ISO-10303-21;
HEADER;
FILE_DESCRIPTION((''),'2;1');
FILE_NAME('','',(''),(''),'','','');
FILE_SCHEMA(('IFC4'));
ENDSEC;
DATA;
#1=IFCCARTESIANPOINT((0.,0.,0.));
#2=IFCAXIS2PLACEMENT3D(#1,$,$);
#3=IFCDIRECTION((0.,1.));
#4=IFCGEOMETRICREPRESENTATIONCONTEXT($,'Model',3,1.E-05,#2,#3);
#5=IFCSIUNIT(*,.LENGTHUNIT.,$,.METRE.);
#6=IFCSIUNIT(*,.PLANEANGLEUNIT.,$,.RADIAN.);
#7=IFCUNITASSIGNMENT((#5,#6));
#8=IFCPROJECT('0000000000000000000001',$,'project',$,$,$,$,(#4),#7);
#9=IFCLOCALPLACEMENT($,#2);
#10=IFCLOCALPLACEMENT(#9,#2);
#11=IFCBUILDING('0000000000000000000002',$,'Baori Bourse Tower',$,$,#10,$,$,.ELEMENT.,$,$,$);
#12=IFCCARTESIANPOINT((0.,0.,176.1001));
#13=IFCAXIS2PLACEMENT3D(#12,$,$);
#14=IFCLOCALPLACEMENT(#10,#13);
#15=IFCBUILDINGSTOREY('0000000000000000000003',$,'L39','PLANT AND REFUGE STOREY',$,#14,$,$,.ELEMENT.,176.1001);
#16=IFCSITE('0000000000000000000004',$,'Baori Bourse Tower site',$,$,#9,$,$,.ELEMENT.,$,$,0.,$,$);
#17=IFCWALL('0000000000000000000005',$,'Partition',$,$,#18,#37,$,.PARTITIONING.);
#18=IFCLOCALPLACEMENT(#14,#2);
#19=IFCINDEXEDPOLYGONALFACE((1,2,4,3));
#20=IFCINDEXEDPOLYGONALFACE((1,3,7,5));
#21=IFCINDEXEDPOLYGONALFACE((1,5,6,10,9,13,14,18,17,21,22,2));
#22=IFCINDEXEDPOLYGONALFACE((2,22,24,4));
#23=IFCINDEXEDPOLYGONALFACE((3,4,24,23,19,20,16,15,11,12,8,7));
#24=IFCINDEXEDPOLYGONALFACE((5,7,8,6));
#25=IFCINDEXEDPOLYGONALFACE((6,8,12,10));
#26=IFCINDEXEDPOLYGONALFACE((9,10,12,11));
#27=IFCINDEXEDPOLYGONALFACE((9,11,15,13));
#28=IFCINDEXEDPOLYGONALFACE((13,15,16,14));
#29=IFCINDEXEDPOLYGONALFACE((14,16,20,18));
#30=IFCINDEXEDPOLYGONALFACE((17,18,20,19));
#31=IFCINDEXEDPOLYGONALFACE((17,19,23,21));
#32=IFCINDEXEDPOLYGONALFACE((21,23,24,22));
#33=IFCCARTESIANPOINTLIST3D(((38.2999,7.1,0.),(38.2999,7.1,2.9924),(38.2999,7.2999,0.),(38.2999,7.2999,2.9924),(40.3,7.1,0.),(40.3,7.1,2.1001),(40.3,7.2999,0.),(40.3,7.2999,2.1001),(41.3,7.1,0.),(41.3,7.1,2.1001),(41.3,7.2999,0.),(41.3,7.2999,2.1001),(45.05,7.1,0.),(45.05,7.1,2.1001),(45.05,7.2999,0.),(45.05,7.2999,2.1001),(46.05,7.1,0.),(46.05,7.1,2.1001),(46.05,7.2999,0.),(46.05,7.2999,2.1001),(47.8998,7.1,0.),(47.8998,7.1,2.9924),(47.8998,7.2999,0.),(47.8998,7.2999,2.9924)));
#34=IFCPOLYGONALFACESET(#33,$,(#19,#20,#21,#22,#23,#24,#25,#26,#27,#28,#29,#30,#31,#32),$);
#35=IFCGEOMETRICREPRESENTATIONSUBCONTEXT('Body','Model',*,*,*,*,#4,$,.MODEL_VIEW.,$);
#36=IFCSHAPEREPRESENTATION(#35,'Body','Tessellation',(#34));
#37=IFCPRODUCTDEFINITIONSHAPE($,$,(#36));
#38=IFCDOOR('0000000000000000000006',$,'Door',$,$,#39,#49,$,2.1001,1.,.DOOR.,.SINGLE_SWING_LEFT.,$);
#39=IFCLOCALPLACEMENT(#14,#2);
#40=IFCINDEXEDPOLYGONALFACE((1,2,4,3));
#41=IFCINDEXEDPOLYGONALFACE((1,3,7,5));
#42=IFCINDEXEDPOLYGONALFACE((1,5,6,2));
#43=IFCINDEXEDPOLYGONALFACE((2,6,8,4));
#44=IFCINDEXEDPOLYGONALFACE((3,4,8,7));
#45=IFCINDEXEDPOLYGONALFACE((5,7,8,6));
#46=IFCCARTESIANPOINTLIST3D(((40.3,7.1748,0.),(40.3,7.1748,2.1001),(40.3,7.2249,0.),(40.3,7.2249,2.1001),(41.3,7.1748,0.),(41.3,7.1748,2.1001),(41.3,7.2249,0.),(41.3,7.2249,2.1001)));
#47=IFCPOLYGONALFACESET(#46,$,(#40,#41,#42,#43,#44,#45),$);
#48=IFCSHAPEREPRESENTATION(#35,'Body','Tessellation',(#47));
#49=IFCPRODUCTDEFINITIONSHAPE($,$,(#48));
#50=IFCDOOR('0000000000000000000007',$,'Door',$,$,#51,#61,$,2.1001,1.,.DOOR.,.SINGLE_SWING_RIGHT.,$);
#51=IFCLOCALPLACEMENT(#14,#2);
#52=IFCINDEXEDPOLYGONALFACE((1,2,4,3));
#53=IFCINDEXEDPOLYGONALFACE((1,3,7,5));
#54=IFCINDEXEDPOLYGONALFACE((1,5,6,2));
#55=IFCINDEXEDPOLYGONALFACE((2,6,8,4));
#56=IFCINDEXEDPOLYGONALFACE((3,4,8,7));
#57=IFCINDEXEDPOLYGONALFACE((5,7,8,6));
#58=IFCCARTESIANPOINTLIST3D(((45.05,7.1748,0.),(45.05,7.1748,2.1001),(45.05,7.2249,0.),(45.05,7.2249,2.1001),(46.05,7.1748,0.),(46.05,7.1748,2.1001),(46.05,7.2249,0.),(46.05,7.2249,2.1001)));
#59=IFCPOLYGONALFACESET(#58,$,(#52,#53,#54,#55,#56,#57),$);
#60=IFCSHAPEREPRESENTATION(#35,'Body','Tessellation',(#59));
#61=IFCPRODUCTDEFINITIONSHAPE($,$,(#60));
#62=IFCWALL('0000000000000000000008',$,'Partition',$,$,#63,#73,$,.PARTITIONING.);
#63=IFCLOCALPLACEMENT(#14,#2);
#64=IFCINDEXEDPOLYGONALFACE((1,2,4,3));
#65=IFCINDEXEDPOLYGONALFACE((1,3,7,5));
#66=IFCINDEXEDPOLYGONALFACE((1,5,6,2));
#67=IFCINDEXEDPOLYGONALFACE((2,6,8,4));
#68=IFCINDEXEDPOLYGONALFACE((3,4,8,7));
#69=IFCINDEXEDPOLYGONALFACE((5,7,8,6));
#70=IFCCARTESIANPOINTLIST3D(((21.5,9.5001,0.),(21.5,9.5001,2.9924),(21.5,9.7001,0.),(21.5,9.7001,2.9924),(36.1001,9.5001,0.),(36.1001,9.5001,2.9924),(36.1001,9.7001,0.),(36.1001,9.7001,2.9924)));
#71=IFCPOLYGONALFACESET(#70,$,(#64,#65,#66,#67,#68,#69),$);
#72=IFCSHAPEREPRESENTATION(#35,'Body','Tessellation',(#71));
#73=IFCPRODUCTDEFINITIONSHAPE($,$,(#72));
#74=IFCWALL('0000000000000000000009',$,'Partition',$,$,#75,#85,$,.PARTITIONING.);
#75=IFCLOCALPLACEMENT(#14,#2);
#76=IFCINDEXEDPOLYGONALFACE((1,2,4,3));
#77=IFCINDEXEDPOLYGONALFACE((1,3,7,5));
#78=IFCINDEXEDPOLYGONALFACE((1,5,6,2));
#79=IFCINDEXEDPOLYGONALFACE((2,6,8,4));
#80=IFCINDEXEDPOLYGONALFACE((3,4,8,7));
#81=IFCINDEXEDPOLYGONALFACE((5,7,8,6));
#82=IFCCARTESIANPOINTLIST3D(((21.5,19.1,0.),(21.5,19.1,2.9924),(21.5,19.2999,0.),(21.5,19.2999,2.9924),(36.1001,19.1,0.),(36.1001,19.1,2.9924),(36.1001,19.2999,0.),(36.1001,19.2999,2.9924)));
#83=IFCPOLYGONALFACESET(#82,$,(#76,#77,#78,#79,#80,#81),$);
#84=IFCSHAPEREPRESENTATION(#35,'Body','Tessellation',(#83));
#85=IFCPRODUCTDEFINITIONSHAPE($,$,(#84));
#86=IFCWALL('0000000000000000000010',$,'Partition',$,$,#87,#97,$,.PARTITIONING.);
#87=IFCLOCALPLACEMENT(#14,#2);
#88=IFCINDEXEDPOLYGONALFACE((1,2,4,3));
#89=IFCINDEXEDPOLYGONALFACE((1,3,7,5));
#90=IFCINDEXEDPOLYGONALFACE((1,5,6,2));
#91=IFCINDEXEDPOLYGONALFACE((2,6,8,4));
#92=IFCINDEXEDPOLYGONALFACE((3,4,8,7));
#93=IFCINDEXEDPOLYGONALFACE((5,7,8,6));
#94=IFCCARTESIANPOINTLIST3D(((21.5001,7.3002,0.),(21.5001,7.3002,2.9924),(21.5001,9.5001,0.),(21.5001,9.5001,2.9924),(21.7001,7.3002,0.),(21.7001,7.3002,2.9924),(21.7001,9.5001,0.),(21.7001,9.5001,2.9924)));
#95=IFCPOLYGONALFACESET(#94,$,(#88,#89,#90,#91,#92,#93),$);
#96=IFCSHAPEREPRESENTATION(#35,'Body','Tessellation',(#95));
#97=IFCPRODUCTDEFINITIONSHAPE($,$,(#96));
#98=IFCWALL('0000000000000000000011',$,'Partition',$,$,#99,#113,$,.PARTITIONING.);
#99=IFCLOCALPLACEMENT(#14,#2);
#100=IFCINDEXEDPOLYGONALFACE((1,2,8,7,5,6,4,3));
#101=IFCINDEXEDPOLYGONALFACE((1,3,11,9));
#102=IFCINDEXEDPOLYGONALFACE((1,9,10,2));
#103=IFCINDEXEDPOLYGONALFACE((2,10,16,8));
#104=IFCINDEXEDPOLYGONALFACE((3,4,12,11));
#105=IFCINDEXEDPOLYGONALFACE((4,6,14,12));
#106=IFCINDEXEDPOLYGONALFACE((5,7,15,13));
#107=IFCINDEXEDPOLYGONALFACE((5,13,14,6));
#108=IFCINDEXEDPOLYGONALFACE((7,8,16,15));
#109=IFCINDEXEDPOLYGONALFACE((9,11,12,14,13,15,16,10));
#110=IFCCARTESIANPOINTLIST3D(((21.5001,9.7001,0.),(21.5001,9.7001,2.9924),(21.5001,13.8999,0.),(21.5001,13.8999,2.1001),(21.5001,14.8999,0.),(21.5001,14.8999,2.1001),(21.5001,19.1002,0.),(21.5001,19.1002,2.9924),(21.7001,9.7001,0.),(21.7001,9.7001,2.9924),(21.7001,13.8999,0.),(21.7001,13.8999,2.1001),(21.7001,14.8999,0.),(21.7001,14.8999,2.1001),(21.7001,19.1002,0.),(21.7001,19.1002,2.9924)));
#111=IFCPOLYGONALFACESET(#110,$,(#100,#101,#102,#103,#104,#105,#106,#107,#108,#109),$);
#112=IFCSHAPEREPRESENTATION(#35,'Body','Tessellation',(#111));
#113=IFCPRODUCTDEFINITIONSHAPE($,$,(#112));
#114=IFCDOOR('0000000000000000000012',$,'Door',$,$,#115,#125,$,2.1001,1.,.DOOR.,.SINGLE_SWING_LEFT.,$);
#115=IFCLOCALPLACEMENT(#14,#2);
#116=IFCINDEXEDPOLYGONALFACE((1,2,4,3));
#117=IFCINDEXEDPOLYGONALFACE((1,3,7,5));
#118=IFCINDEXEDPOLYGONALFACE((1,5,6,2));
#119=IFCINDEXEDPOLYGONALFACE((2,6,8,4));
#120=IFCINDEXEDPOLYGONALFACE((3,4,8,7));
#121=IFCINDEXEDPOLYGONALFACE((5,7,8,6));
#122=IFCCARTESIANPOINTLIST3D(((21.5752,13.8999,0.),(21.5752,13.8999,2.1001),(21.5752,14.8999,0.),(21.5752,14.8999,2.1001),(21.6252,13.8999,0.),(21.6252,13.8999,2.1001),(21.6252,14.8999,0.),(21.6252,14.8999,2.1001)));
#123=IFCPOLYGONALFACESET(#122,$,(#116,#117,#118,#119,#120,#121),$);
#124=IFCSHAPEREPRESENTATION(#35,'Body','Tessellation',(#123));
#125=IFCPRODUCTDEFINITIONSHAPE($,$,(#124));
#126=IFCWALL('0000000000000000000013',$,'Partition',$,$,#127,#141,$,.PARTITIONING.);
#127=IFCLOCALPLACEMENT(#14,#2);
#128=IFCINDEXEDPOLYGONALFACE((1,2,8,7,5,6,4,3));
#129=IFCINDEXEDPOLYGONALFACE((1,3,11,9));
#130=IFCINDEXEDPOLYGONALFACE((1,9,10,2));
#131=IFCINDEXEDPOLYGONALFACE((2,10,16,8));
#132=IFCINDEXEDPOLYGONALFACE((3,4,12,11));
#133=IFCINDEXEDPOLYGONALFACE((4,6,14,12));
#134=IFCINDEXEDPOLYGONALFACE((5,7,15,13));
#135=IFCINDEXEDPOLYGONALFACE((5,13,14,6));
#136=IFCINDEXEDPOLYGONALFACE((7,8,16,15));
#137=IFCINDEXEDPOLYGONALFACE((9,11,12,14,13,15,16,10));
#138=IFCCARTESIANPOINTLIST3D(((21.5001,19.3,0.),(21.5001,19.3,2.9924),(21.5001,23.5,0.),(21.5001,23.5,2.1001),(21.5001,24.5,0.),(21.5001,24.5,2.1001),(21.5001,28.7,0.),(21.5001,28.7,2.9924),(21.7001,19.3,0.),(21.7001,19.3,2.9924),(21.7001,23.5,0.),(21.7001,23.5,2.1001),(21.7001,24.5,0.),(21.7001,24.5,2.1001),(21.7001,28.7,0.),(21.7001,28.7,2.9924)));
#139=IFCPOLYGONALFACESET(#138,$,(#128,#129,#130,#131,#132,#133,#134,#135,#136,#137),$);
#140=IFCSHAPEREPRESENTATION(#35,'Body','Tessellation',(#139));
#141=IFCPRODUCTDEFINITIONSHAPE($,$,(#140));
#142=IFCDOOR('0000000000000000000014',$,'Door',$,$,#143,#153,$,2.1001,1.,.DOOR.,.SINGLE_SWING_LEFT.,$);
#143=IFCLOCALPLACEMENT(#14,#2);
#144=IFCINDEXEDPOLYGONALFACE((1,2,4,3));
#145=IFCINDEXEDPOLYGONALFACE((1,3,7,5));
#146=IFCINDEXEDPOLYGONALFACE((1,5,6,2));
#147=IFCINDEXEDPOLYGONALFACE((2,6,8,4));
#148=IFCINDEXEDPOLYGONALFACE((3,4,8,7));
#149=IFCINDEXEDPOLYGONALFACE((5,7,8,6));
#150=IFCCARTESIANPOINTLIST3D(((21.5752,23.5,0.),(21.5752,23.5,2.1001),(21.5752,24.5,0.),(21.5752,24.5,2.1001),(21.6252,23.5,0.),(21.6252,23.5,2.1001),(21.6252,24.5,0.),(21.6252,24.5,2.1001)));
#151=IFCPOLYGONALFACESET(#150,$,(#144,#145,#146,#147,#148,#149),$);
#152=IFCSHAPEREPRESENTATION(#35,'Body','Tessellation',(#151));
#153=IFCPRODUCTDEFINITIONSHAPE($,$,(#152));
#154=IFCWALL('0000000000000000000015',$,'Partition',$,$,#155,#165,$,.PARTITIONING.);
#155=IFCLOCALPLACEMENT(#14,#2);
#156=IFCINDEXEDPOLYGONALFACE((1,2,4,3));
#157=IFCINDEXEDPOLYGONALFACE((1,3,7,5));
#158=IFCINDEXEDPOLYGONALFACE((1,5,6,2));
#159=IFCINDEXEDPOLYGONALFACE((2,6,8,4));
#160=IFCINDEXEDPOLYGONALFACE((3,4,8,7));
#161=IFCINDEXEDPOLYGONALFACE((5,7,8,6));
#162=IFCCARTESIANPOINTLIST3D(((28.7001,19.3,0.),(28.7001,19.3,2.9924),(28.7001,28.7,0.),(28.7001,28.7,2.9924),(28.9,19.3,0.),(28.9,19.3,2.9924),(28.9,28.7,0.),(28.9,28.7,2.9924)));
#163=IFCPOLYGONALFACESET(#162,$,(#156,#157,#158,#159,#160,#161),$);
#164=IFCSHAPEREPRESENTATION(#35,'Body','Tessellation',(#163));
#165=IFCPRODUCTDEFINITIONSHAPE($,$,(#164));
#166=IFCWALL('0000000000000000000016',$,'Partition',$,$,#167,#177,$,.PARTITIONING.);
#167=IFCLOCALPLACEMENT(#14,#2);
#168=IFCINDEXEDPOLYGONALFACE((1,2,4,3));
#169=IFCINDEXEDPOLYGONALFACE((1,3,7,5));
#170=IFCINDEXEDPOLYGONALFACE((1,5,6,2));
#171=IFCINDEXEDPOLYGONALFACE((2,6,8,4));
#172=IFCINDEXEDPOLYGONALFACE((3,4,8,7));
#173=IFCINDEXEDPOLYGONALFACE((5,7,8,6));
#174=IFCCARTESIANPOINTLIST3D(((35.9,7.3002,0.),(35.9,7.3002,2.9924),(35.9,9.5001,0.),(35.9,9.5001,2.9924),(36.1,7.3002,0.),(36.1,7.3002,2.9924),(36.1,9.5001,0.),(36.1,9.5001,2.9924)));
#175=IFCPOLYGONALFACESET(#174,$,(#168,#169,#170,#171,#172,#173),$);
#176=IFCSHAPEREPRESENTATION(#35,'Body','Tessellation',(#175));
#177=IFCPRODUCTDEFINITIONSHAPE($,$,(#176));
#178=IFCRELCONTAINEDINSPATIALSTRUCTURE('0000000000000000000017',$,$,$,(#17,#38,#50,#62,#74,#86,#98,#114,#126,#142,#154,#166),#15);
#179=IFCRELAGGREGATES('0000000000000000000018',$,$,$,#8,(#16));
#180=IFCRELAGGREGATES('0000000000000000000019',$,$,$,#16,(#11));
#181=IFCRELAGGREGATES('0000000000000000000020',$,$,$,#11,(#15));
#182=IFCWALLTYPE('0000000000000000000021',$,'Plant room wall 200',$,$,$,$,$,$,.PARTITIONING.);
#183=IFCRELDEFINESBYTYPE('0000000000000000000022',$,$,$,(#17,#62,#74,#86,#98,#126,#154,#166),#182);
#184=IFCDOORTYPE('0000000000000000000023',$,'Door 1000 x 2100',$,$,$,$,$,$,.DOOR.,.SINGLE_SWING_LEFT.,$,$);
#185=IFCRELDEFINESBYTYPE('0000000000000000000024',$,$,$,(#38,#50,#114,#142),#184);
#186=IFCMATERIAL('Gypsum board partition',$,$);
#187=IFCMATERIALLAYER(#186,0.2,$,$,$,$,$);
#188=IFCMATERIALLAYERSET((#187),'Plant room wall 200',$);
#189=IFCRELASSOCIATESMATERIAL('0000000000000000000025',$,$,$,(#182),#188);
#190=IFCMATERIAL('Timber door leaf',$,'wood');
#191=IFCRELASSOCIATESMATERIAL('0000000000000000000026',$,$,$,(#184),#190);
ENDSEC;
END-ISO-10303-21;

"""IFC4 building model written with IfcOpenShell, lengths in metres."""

from ifc_helpers import new_model, si_unit, direction, frame, frame_2d, origin, place, context, subcontext, project, spatial, rectangle, extrude, material, layer, layer_set, type_object, element, fill, save


model = new_model("IFC4")

# Units and contexts
model_context = context("Model", 3, precision=1e-05, world=origin(), true_north=direction((0.0, 1.0)))
body_context = subcontext(model_context, "Body", "Model", "MODEL_VIEW")
ifc_project = project(units=[si_unit("LENGTHUNIT", "METRE"), si_unit("PLANEANGLEUNIT", "RADIAN")], contexts=[model_context])

# Site, building, storey
site_placement = place(None, origin())
site = spatial("IfcSite", under=ifc_project, at=site_placement, Name="Baori Bourse Tower site", CompositionType="ELEMENT", RefElevation=0.0)
building_placement = place(site_placement, origin())
building = spatial("IfcBuilding", under=site, at=building_placement, Name="Baori Bourse Tower", CompositionType="ELEMENT")
storey_placement = place(building_placement, frame((0.0, 0.0, 176.1001)))
storey = spatial("IfcBuildingStorey", under=building, at=storey_placement, Name="L39", Description="PLANT AND REFUGE STOREY", CompositionType="ELEMENT", Elevation=176.1001)

# Shared definitions
ifc_material_1 = material(Name="Gypsum board partition")
ifc_layer_1 = layer(ifc_material_1, 0.2)
ifc_layer_set_1 = layer_set([ifc_layer_1], Name="Plant room wall 200")
wall_type = type_object("IfcWallType", Name="Plant room wall 200", PredefinedType="PARTITIONING", material=ifc_layer_set_1)
ifc_material_2 = material(Name="Timber door leaf", Category="wood")
door_type = type_object("IfcDoorType", Name="Door 1000 x 2100", OperationType="SINGLE_SWING_LEFT", PredefinedType="DOOR", material=ifc_material_2)

# Wall, openings, doors
wall_1_placement = place(storey_placement, frame((38.3, 7.2, 0.0), z_axis=(0.0, 0.0, 1.0), x_axis=(1.0, 0.0, 0.0)))
wall_1 = element("IfcWall", 1, at=wall_1_placement, inside=storey, type_object=wall_type, Name="Partition", PredefinedType="PARTITIONING", context=body_context, shape_type="SweptSolid", body=[
    extrude(rectangle(XDim=9.5999, YDim=0.2, at=frame_2d((4.7998, 0.0))), origin(), (0.0, 0.0, 1.0), 2.9924),
])
opening_1_placement = place(wall_1_placement, frame((2.0, 0.0, 0.0)))
opening_1 = element("IfcOpeningElement", 2, at=opening_1_placement, cuts=wall_1, PredefinedType="OPENING", context=body_context, shape_type="SweptSolid", body=[
    extrude(rectangle(XDim=1.0, YDim=2.1001, at=frame_2d((0.5, 1.05))), frame((0.0, 0.1099, 0.0), z_axis=(0.0, -1.0, 0.0), x_axis=(1.0, 0.0, 0.0)), (0.0, 0.0, 1.0), 0.22),
])
opening_2_placement = place(wall_1_placement, frame((6.75, 0.0, 0.0)))
opening_2 = element("IfcOpeningElement", 3, at=opening_2_placement, cuts=wall_1, PredefinedType="OPENING", context=body_context, shape_type="SweptSolid", body=[
    extrude(rectangle(XDim=1.0, YDim=2.1001, at=frame_2d((0.5, 1.05))), frame((0.0, 0.1099, 0.0), z_axis=(0.0, -1.0, 0.0), x_axis=(1.0, 0.0, 0.0)), (0.0, 0.0, 1.0), 0.22),
])
door_1_placement = place(opening_1_placement, origin())
door_1 = element("IfcDoor", 4, at=door_1_placement, inside=storey, type_object=door_type, Name="Door", OperationType="SINGLE_SWING_LEFT", OverallHeight=2.1001, OverallWidth=1.0, PredefinedType="DOOR", context=body_context, shape_type="SweptSolid", body=[
    extrude(rectangle(XDim=1.0, YDim=2.1001, at=frame_2d((0.5, 1.05))), frame((0.0, 0.0249, 0.0), z_axis=(0.0, -1.0, 0.0), x_axis=(1.0, 0.0, 0.0)), (0.0, 0.0, 1.0), 0.05),
])
fill(opening_1, door_1)
door_2_placement = place(opening_2_placement, origin())
door_2 = element("IfcDoor", 5, at=door_2_placement, inside=storey, type_object=door_type, Name="Door", OperationType="SINGLE_SWING_RIGHT", OverallHeight=2.1001, OverallWidth=1.0, PredefinedType="DOOR", context=body_context, shape_type="SweptSolid", body=[
    extrude(rectangle(XDim=1.0, YDim=2.1001, at=frame_2d((0.5, 1.05))), frame((0.0, 0.0249, 0.0), z_axis=(0.0, -1.0, 0.0), x_axis=(1.0, 0.0, 0.0)), (0.0, 0.0, 1.0), 0.05),
])
fill(opening_2, door_2)

# Walls
for number, where, z_axis, x_axis, name in (
    (6, (21.5, 9.6001, 0.0), (0.0, 0.0, 1.0), (1.0, 0.0, 0.0), "Partition"),
    (7, (21.5, 19.2, 0.0), (0.0, 0.0, 1.0), (1.0, 0.0, 0.0), "Partition"),
):
    element("IfcWall", number, at=place(storey_placement, frame(where, z_axis=z_axis, x_axis=x_axis)), inside=storey, type_object=wall_type, Name=name, PredefinedType="PARTITIONING", context=body_context, shape_type="SweptSolid", body=[
        extrude(rectangle(XDim=14.6001, YDim=0.2, at=frame_2d((7.3, 0.0))), origin(), (0.0, 0.0, 1.0), 2.9924),
    ])
wall_2_placement = place(storey_placement, frame((21.6001, 7.3, 0.0), z_axis=(0.0, 0.0, 1.0), x_axis=(0.0, 1.0, 0.0)))
element("IfcWall", 8, at=wall_2_placement, inside=storey, type_object=wall_type, Name="Partition", PredefinedType="PARTITIONING", context=body_context, shape_type="SweptSolid", body=[
    extrude(rectangle(XDim=2.2, YDim=0.2, at=frame_2d((1.1001, 0.0))), origin(), (0.0, 0.0, 1.0), 2.9924),
])

# Walls, openings, doors
wall_3_placement = place(storey_placement, frame((21.6001, 9.7, 0.0), z_axis=(0.0, 0.0, 1.0), x_axis=(0.0, 1.0, 0.0)))
wall_3 = element("IfcWall", 9, at=wall_3_placement, inside=storey, type_object=wall_type, Name="Partition", PredefinedType="PARTITIONING", context=body_context, shape_type="SweptSolid", body=[
    extrude(rectangle(XDim=9.4001, YDim=0.2, at=frame_2d((4.7002, 0.0))), origin(), (0.0, 0.0, 1.0), 2.9924),
])
opening_3_placement = place(wall_3_placement, frame((4.2, 0.0, 0.0)))
opening_3 = element("IfcOpeningElement", 10, at=opening_3_placement, cuts=wall_3, PredefinedType="OPENING", context=body_context, shape_type="SweptSolid", body=[
    extrude(rectangle(XDim=1.0, YDim=2.1001, at=frame_2d((0.5, 1.05))), frame((0.0, 0.1099, 0.0), z_axis=(0.0, -1.0, 0.0), x_axis=(1.0, 0.0, 0.0)), (0.0, 0.0, 1.0), 0.22),
])
door_3_placement = place(opening_3_placement, origin())
door_3 = element("IfcDoor", 11, at=door_3_placement, inside=storey, type_object=door_type, Name="Door", OperationType="SINGLE_SWING_LEFT", OverallHeight=2.1001, OverallWidth=1.0, PredefinedType="DOOR", context=body_context, shape_type="SweptSolid", body=[
    extrude(rectangle(XDim=1.0, YDim=2.1001, at=frame_2d((0.5, 1.05))), frame((0.0, 0.0249, 0.0), z_axis=(0.0, -1.0, 0.0), x_axis=(1.0, 0.0, 0.0)), (0.0, 0.0, 1.0), 0.05),
])
fill(opening_3, door_3)
wall_4_placement = place(storey_placement, frame((21.6001, 19.3, 0.0), z_axis=(0.0, 0.0, 1.0), x_axis=(0.0, 1.0, 0.0)))
wall_4 = element("IfcWall", 12, at=wall_4_placement, inside=storey, type_object=wall_type, Name="Partition", PredefinedType="PARTITIONING", context=body_context, shape_type="SweptSolid", body=[
    extrude(rectangle(XDim=9.3999, YDim=0.2, at=frame_2d((4.7, 0.0))), origin(), (0.0, 0.0, 1.0), 2.9924),
])
opening_4_placement = place(wall_4_placement, frame((4.2, 0.0, 0.0)))
opening_4 = element("IfcOpeningElement", 13, at=opening_4_placement, cuts=wall_4, PredefinedType="OPENING", context=body_context, shape_type="SweptSolid", body=[
    extrude(rectangle(XDim=1.0, YDim=2.1001, at=frame_2d((0.5, 1.05))), frame((0.0, 0.1099, 0.0), z_axis=(0.0, -1.0, 0.0), x_axis=(1.0, 0.0, 0.0)), (0.0, 0.0, 1.0), 0.22),
])
door_4_placement = place(opening_4_placement, origin())
door_4 = element("IfcDoor", 14, at=door_4_placement, inside=storey, type_object=door_type, Name="Door", OperationType="SINGLE_SWING_LEFT", OverallHeight=2.1001, OverallWidth=1.0, PredefinedType="DOOR", context=body_context, shape_type="SweptSolid", body=[
    extrude(rectangle(XDim=1.0, YDim=2.1001, at=frame_2d((0.5, 1.05))), frame((0.0, 0.0249, 0.0), z_axis=(0.0, -1.0, 0.0), x_axis=(1.0, 0.0, 0.0)), (0.0, 0.0, 1.0), 0.05),
])
fill(opening_4, door_4)

# Walls
wall_5_placement = place(storey_placement, frame((28.8, 19.3, 0.0), z_axis=(0.0, 0.0, 1.0), x_axis=(0.0, 1.0, 0.0)))
element("IfcWall", 15, at=wall_5_placement, inside=storey, type_object=wall_type, Name="Partition", PredefinedType="PARTITIONING", context=body_context, shape_type="SweptSolid", body=[
    extrude(rectangle(XDim=9.3999, YDim=0.2, at=frame_2d((4.7, 0.0))), origin(), (0.0, 0.0, 1.0), 2.9924),
])
wall_6_placement = place(storey_placement, frame((36.0, 7.3, 0.0), z_axis=(0.0, 0.0, 1.0), x_axis=(0.0, 1.0, 0.0)))
element("IfcWall", 16, at=wall_6_placement, inside=storey, type_object=wall_type, Name="Partition", PredefinedType="PARTITIONING", context=body_context, shape_type="SweptSolid", body=[
    extrude(rectangle(XDim=2.2, YDim=0.2, at=frame_2d((1.1001, 0.0))), origin(), (0.0, 0.0, 1.0), 2.9924),
])

save(model, "model.ifc")
